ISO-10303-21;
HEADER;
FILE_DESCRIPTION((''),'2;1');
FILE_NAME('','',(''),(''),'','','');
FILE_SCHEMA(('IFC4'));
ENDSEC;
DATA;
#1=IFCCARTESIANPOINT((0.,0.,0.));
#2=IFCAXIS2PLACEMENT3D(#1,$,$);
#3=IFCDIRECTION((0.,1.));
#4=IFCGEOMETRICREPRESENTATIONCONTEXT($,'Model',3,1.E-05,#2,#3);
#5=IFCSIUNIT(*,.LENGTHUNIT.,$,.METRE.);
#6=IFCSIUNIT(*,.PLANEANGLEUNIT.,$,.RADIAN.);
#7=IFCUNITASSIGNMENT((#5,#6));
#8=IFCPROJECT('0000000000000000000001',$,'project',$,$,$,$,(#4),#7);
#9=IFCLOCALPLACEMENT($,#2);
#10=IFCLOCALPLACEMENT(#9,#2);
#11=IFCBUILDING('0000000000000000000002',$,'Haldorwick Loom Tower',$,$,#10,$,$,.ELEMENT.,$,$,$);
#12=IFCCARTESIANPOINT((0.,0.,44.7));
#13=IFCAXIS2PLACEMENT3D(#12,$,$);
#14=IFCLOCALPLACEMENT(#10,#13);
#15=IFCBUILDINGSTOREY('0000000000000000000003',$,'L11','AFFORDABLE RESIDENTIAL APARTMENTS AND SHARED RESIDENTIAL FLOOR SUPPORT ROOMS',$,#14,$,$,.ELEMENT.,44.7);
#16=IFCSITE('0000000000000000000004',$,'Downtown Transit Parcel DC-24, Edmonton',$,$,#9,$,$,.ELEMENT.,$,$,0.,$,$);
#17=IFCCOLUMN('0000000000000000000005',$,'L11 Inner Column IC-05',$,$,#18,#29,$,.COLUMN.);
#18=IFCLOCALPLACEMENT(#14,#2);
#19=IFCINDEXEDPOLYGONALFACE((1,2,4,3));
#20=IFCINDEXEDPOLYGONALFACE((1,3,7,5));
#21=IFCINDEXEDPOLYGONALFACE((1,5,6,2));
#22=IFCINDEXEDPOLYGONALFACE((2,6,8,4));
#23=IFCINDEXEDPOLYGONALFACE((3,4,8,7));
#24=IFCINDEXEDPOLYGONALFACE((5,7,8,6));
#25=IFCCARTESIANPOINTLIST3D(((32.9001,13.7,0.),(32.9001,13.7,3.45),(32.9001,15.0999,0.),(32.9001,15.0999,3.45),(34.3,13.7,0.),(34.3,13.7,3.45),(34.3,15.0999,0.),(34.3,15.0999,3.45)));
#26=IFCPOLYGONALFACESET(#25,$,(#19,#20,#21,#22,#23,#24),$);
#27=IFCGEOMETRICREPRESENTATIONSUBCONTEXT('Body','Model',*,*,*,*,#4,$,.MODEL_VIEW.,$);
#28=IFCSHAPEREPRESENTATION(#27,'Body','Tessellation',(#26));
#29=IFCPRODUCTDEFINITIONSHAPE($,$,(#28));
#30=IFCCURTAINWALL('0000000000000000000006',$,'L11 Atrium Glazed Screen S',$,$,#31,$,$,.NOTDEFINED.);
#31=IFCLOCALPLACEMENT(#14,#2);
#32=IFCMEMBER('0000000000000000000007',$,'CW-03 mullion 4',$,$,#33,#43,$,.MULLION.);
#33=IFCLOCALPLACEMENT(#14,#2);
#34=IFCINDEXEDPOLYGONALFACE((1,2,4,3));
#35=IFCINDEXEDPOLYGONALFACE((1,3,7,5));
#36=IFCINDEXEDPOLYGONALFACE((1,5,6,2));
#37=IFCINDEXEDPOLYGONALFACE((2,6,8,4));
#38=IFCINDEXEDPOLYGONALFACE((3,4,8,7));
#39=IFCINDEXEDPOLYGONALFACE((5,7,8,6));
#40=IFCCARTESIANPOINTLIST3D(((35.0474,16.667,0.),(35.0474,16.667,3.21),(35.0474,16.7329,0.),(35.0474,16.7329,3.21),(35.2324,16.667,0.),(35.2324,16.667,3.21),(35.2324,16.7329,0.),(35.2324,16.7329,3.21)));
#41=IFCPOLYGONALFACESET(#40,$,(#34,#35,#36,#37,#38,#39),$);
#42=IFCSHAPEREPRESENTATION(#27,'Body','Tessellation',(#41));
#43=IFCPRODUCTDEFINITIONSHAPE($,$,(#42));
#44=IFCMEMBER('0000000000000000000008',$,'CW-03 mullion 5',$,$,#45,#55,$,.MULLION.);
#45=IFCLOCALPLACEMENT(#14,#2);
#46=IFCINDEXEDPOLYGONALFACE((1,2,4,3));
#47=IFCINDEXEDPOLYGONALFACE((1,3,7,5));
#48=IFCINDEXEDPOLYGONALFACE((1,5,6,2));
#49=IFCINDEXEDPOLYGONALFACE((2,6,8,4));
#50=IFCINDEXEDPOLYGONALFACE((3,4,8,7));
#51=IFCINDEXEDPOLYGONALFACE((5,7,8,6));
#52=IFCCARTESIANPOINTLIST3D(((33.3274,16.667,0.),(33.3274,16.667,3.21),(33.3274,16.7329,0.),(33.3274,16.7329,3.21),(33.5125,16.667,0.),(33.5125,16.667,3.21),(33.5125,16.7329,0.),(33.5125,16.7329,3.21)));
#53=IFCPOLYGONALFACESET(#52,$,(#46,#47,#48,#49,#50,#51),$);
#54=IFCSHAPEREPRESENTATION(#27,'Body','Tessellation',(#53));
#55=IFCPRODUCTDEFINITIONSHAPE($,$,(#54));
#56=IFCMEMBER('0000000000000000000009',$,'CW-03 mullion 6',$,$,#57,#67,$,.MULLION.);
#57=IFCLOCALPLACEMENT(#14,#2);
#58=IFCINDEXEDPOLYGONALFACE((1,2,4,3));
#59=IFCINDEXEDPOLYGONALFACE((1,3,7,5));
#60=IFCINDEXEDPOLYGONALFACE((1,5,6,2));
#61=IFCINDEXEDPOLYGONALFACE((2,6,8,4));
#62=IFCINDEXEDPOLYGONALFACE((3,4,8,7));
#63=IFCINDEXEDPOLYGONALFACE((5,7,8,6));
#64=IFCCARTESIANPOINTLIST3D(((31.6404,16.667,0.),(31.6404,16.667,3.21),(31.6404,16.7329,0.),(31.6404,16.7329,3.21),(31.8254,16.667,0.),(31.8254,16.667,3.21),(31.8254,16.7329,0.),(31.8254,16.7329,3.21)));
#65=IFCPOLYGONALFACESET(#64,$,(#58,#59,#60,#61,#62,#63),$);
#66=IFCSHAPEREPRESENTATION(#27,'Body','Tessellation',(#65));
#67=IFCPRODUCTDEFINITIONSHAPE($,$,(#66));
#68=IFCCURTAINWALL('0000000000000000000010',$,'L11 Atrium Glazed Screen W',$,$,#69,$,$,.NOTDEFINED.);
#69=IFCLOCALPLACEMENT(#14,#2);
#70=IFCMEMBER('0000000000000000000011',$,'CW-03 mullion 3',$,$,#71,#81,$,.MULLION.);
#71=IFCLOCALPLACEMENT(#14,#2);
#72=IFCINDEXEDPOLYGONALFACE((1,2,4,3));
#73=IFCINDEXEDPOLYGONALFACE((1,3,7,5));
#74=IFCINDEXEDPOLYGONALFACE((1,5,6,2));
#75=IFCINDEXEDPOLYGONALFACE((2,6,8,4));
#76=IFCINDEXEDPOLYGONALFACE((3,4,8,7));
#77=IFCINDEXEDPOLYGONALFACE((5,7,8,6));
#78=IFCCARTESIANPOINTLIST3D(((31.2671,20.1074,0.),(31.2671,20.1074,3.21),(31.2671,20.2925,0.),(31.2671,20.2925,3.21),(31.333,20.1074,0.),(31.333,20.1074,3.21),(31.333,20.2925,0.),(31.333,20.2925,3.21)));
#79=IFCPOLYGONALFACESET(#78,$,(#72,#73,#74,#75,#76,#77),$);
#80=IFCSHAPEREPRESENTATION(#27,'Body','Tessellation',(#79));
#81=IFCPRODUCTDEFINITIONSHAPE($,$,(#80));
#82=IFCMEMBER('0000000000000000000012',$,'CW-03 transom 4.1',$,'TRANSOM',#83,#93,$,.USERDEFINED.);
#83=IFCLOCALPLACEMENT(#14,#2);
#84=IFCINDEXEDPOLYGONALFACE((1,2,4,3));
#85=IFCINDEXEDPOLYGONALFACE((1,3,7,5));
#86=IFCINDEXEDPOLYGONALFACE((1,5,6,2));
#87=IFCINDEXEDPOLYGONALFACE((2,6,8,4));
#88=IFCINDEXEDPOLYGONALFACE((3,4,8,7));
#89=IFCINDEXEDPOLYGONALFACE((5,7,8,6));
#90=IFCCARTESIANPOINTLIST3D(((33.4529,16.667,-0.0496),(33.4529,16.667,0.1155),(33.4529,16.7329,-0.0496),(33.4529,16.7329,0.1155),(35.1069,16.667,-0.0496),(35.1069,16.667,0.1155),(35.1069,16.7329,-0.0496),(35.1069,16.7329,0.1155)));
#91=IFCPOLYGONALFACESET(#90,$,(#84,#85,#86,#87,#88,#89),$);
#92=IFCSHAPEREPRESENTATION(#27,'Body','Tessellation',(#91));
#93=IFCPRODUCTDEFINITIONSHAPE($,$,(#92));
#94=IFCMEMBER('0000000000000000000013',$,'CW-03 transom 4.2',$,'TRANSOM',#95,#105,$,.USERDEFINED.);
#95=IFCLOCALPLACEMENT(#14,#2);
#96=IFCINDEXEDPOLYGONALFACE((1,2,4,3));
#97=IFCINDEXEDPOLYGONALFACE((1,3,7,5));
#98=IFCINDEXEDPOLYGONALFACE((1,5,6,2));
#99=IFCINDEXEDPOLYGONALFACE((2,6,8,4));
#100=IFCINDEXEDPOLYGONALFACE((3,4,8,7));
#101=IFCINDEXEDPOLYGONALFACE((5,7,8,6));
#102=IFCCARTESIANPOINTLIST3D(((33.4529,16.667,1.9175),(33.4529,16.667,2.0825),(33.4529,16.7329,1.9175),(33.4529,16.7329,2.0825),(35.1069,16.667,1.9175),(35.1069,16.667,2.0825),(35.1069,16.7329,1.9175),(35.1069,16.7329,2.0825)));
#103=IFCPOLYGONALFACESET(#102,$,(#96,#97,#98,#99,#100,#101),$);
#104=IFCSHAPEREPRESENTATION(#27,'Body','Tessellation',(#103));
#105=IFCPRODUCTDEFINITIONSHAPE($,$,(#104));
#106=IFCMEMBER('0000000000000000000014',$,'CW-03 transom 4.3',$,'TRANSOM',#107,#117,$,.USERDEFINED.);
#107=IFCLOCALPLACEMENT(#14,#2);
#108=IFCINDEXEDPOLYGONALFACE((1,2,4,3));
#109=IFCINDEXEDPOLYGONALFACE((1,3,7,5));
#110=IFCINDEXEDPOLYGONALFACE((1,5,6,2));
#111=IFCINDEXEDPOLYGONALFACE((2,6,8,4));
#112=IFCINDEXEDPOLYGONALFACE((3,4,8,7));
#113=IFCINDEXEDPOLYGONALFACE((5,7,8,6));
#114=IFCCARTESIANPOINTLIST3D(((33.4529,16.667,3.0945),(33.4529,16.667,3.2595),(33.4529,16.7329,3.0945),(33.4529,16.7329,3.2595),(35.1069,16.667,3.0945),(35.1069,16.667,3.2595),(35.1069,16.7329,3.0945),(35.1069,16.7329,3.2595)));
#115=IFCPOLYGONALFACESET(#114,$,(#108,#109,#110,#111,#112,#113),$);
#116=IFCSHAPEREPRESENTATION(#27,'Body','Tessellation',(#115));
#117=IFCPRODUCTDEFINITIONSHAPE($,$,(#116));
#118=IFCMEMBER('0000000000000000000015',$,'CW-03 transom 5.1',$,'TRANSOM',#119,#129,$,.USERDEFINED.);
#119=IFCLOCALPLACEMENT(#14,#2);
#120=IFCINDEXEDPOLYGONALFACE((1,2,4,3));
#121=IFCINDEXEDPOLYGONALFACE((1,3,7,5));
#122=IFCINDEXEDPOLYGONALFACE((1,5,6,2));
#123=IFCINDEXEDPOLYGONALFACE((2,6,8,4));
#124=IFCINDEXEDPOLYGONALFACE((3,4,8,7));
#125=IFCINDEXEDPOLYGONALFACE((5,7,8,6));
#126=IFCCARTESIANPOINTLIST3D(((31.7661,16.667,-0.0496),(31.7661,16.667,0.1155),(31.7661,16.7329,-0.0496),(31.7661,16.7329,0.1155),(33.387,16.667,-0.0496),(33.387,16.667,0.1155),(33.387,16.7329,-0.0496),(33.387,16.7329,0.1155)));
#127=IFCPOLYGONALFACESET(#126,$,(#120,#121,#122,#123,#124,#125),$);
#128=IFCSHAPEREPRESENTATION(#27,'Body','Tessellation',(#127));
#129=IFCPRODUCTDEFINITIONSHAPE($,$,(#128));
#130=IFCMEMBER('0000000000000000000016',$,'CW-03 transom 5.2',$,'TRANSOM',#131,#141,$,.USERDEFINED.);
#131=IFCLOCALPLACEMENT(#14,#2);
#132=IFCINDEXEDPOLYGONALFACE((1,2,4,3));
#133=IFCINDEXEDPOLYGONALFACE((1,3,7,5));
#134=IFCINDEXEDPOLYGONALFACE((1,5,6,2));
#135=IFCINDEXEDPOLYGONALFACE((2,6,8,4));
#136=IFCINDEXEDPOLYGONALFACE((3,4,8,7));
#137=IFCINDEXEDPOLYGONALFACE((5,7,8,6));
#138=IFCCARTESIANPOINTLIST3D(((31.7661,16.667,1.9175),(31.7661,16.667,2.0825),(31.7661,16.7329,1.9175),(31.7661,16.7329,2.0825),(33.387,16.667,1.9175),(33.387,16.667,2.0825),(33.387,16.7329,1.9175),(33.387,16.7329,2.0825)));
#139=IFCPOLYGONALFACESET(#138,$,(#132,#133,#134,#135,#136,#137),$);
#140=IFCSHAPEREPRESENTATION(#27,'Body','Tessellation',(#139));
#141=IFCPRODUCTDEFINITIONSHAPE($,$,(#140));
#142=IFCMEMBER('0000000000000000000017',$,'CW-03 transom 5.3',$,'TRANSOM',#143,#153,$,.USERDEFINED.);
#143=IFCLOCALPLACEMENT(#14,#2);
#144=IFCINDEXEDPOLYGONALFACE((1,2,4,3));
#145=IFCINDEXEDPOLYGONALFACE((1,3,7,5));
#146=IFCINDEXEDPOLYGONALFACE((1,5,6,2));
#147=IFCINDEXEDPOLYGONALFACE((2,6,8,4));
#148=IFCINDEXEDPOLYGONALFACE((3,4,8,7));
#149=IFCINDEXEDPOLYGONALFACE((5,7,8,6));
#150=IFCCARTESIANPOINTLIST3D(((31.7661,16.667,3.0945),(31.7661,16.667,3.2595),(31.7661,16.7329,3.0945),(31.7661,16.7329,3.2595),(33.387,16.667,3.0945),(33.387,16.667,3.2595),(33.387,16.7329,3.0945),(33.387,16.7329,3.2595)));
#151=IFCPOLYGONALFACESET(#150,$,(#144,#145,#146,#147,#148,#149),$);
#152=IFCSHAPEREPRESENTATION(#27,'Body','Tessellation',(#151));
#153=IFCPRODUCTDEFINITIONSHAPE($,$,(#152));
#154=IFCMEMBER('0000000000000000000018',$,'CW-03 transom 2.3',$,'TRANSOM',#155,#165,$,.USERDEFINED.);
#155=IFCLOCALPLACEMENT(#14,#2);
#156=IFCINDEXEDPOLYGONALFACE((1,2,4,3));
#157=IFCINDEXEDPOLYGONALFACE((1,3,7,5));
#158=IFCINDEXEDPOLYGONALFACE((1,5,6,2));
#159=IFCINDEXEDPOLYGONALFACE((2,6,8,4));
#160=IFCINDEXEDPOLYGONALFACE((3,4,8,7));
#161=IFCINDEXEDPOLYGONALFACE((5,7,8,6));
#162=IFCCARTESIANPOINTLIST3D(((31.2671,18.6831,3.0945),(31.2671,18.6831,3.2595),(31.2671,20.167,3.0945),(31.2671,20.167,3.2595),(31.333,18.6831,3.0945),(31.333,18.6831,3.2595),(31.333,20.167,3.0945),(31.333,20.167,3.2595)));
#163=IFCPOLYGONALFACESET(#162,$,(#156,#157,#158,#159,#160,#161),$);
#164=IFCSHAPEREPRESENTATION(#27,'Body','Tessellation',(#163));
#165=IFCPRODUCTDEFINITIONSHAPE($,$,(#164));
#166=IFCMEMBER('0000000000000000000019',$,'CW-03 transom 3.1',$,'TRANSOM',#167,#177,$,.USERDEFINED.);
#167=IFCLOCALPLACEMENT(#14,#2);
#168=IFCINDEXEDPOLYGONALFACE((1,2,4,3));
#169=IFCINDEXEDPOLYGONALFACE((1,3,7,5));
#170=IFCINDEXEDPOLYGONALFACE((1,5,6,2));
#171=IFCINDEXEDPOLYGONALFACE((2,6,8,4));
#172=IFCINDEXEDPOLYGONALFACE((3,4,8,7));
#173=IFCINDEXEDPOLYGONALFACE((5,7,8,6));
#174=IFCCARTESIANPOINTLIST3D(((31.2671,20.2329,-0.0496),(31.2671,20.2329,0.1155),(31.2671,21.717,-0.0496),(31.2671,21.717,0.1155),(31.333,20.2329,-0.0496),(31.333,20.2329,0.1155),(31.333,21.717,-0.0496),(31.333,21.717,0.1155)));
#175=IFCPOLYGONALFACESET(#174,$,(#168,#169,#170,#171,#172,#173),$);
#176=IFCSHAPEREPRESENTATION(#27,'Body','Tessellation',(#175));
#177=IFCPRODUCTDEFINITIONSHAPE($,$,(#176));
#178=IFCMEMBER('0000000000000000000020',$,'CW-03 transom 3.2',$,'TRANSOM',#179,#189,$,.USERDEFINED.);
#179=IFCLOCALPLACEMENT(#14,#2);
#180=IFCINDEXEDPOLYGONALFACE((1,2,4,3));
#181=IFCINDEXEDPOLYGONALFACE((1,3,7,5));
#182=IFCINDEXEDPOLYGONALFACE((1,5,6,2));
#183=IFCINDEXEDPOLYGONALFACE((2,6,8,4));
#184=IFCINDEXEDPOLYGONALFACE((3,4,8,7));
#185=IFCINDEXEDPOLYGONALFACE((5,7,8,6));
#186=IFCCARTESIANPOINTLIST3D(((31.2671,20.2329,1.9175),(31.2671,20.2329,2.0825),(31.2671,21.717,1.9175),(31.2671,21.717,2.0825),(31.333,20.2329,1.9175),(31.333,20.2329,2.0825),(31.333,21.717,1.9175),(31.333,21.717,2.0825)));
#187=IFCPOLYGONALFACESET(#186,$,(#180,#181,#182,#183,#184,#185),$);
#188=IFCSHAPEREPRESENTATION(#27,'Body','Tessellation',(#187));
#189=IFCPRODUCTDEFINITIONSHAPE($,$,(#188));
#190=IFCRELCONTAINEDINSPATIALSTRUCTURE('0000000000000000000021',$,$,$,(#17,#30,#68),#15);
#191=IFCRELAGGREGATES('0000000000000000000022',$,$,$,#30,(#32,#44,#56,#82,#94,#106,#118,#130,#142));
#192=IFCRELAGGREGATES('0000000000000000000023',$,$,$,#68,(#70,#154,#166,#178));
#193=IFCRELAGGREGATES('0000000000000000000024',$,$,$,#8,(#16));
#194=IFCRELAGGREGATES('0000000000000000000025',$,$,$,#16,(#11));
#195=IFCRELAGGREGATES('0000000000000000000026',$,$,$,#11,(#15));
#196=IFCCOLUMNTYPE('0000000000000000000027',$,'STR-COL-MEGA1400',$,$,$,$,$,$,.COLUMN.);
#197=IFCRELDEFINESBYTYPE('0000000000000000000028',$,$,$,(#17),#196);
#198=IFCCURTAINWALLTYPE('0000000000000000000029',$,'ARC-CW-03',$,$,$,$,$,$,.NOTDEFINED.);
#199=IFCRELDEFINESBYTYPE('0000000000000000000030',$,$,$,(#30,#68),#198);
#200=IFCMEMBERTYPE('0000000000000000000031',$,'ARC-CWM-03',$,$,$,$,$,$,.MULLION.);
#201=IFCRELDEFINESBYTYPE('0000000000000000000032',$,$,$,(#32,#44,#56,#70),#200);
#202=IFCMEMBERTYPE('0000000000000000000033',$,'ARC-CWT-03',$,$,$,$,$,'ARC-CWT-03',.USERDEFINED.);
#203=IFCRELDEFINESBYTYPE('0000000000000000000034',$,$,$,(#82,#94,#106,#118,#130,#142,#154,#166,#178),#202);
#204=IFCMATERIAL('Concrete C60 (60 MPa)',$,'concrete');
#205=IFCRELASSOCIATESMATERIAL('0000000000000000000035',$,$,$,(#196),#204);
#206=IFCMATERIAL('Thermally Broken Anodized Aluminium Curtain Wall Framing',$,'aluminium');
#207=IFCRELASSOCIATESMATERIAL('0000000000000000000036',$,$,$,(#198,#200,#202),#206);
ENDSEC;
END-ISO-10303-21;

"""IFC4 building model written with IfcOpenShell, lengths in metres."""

from ifc_helpers import new_model, si_unit, direction, frame, origin, origin_2d, place, context, subcontext, project, spatial, rectangle, extrude, material, material_profile, profile_set, type_object, element, aggregate, save


model = new_model("IFC4")

# Units and contexts
model_context = context("Model", 3, precision=1e-05, world=origin(), true_north=direction((0.0, 1.0)))
body_context = subcontext(model_context, "Body", "Model", "MODEL_VIEW")
ifc_project = project(units=[si_unit("LENGTHUNIT", "METRE"), si_unit("PLANEANGLEUNIT", "RADIAN")], contexts=[model_context])

# Site, building, storey
site_placement = place(None, origin())
site = spatial("IfcSite", under=ifc_project, at=site_placement, Name="Downtown Transit Parcel DC-24, Edmonton", CompositionType="ELEMENT", RefElevation=0.0)
building_placement = place(site_placement, origin())
building = spatial("IfcBuilding", under=site, at=building_placement, Name="Haldorwick Loom Tower", CompositionType="ELEMENT")
storey_placement = place(building_placement, frame((0.0, 0.0, 44.7)))
storey = spatial("IfcBuildingStorey", under=building, at=storey_placement, Name="L11", Description="AFFORDABLE RESIDENTIAL APARTMENTS AND SHARED RESIDENTIAL FLOOR SUPPORT ROOMS", CompositionType="ELEMENT", Elevation=44.7)

# Column
ifc_material_1 = material(Name="Concrete C60 (60 MPa)", Category="concrete")
ifc_material_profile_1 = material_profile(ifc_material_1, rectangle(XDim=1.3999, YDim=1.3999, at=origin_2d()), Name="RC1400X1400", Category="concrete")
ifc_profile_set_1 = profile_set([ifc_material_profile_1], Name="Concrete C60 (60 MPa)")
column_type = type_object("IfcColumnType", Name="STR-COL-MEGA1400", PredefinedType="COLUMN", material=ifc_profile_set_1)
column_placement = place(storey_placement, frame((33.6001, 14.3999, 0.0), z_axis=(0.0, 0.0, 1.0), x_axis=(1.0, 0.0, 0.0)))
element("IfcColumn", 1, at=column_placement, inside=storey, type_object=column_type, Name="L11 Inner Column IC-05", PredefinedType="COLUMN", context=body_context, shape_type="SweptSolid", body=[
    extrude(rectangle(XDim=1.3999, YDim=1.3999, at=origin_2d()), origin(), (0.0, 0.0, 1.0), 3.45),
])

# Curtain wall, members
ifc_material_2 = material(Name="Thermally Broken Anodized Aluminium Curtain Wall Framing", Category="aluminium")
curtain_wall_type = type_object("IfcCurtainWallType", Name="ARC-CW-03", PredefinedType="NOTDEFINED", material=ifc_material_2)
curtain_wall_1_placement = place(storey_placement, origin())
curtain_wall_1 = element("IfcCurtainWall", 2, at=curtain_wall_1_placement, inside=storey, type_object=curtain_wall_type, Name="L11 Atrium Glazed Screen S", PredefinedType="NOTDEFINED")
ifc_material_profile_2 = material_profile(ifc_material_2, rectangle(XDim=0.0659, YDim=0.1851, at=origin_2d()), Name="ALU_MUL_66X185", Category="aluminium")
ifc_profile_set_2 = profile_set([ifc_material_profile_2], Name="Thermally Broken Anodized Aluminium Curtain Wall Framing")
member_type_1 = type_object("IfcMemberType", Name="ARC-CWM-03", PredefinedType="MULLION", material=ifc_profile_set_2)
member_1_placement = place(storey_placement, frame((35.1399, 16.7, 0.0), z_axis=(0.0, 0.0, 1.0), x_axis=(0.0, -1.0, 0.0)))
member_1 = element("IfcMember", 3, at=member_1_placement, type_object=member_type_1, Name="CW-03 mullion 4", PredefinedType="MULLION", context=body_context, shape_type="SweptSolid", body=[
    extrude(rectangle(XDim=0.0659, YDim=0.1851, at=origin_2d()), origin(), (0.0, 0.0, 1.0), 3.21),
])
member_2_placement = place(storey_placement, frame((33.4199, 16.7, 0.0), z_axis=(0.0, 0.0, 1.0), x_axis=(0.0, -1.0, 0.0)))
member_2 = element("IfcMember", 4, at=member_2_placement, type_object=member_type_1, Name="CW-03 mullion 5", PredefinedType="MULLION", context=body_context, shape_type="SweptSolid", body=[
    extrude(rectangle(XDim=0.0659, YDim=0.1851, at=origin_2d()), origin(), (0.0, 0.0, 1.0), 3.21),
])
member_3_placement = place(storey_placement, frame((31.7329, 16.7, 0.0), z_axis=(0.0, 0.0, 1.0), x_axis=(0.0, -1.0, 0.0)))
member_3 = element("IfcMember", 5, at=member_3_placement, type_object=member_type_1, Name="CW-03 mullion 6", PredefinedType="MULLION", context=body_context, shape_type="SweptSolid", body=[
    extrude(rectangle(XDim=0.0659, YDim=0.1851, at=origin_2d()), origin(), (0.0, 0.0, 1.0), 3.21),
])

# Curtain wall, member
curtain_wall_2_placement = place(storey_placement, origin())
curtain_wall_2 = element("IfcCurtainWall", 6, at=curtain_wall_2_placement, inside=storey, type_object=curtain_wall_type, Name="L11 Atrium Glazed Screen W", PredefinedType="NOTDEFINED")
member_4_placement = place(storey_placement, frame((31.3, 20.2, 0.0), z_axis=(0.0, 0.0, 1.0), x_axis=(-1.0, 0.0, 0.0)))
member_4 = element("IfcMember", 7, at=member_4_placement, type_object=member_type_1, Name="CW-03 mullion 3", PredefinedType="MULLION", context=body_context, shape_type="SweptSolid", body=[
    extrude(rectangle(XDim=0.0659, YDim=0.1851, at=origin_2d()), origin(), (0.0, 0.0, 1.0), 3.21),
])

# Members
ifc_material_profile_3 = material_profile(ifc_material_2, rectangle(XDim=0.0659, YDim=0.165, at=origin_2d()), Name="ALU_TRN_66X165", Category="aluminium")
ifc_profile_set_3 = profile_set([ifc_material_profile_3], Name="Thermally Broken Anodized Aluminium Curtain Wall Framing")
member_type_2 = type_object("IfcMemberType", Name="ARC-CWT-03", ElementType="ARC-CWT-03", PredefinedType="USERDEFINED", material=ifc_profile_set_3)
member_5_placement = place(storey_placement, frame((35.1069, 16.7, 0.033), z_axis=(-1.0, 0.0, 0.0), x_axis=(0.0, -1.0, 0.0)))
member_5 = element("IfcMember", 8, at=member_5_placement, type_object=member_type_2, Name="CW-03 transom 4.1", ObjectType="TRANSOM", PredefinedType="USERDEFINED", context=body_context, shape_type="SweptSolid", body=[
    extrude(rectangle(XDim=0.0659, YDim=0.165, at=origin_2d()), origin(), (0.0, 0.0, 1.0), 1.6541),
])
member_6_placement = place(storey_placement, frame((35.1069, 16.7, 2.0), z_axis=(-1.0, 0.0, 0.0), x_axis=(0.0, -1.0, 0.0)))
member_6 = element("IfcMember", 9, at=member_6_placement, type_object=member_type_2, Name="CW-03 transom 4.2", ObjectType="TRANSOM", PredefinedType="USERDEFINED", context=body_context, shape_type="SweptSolid", body=[
    extrude(rectangle(XDim=0.0659, YDim=0.165, at=origin_2d()), origin(), (0.0, 0.0, 1.0), 1.6541),
])
member_7_placement = place(storey_placement, frame((35.1069, 16.7, 3.177), z_axis=(-1.0, 0.0, 0.0), x_axis=(0.0, -1.0, 0.0)))
member_7 = element("IfcMember", 10, at=member_7_placement, type_object=member_type_2, Name="CW-03 transom 4.3", ObjectType="TRANSOM", PredefinedType="USERDEFINED", context=body_context, shape_type="SweptSolid", body=[
    extrude(rectangle(XDim=0.0659, YDim=0.165, at=origin_2d()), origin(), (0.0, 0.0, 1.0), 1.6541),
])
member_8_placement = place(storey_placement, frame((33.387, 16.7, 0.033), z_axis=(-1.0, 0.0, 0.0), x_axis=(0.0, -1.0, 0.0)))
member_8 = element("IfcMember", 11, at=member_8_placement, type_object=member_type_2, Name="CW-03 transom 5.1", ObjectType="TRANSOM", PredefinedType="USERDEFINED", context=body_context, shape_type="SweptSolid", body=[
    extrude(rectangle(XDim=0.0659, YDim=0.165, at=origin_2d()), origin(), (0.0, 0.0, 1.0), 1.6208),
])
member_9_placement = place(storey_placement, frame((33.387, 16.7, 2.0), z_axis=(-1.0, 0.0, 0.0), x_axis=(0.0, -1.0, 0.0)))
member_9 = element("IfcMember", 12, at=member_9_placement, type_object=member_type_2, Name="CW-03 transom 5.2", ObjectType="TRANSOM", PredefinedType="USERDEFINED", context=body_context, shape_type="SweptSolid", body=[
    extrude(rectangle(XDim=0.0659, YDim=0.165, at=origin_2d()), origin(), (0.0, 0.0, 1.0), 1.6208),
])
member_10_placement = place(storey_placement, frame((33.387, 16.7, 3.177), z_axis=(-1.0, 0.0, 0.0), x_axis=(0.0, -1.0, 0.0)))
member_10 = element("IfcMember", 13, at=member_10_placement, type_object=member_type_2, Name="CW-03 transom 5.3", ObjectType="TRANSOM", PredefinedType="USERDEFINED", context=body_context, shape_type="SweptSolid", body=[
    extrude(rectangle(XDim=0.0659, YDim=0.165, at=origin_2d()), origin(), (0.0, 0.0, 1.0), 1.6208),
])
member_11_placement = place(storey_placement, frame((31.3, 18.6831, 3.177), z_axis=(0.0, 1.0, 0.0), x_axis=(-1.0, 0.0, 0.0)))
member_11 = element("IfcMember", 14, at=member_11_placement, type_object=member_type_2, Name="CW-03 transom 2.3", ObjectType="TRANSOM", PredefinedType="USERDEFINED", context=body_context, shape_type="SweptSolid", body=[
    extrude(rectangle(XDim=0.0659, YDim=0.165, at=origin_2d()), origin(), (0.0, 0.0, 1.0), 1.4839),
])
member_12_placement = place(storey_placement, frame((31.3, 20.2329, 0.033), z_axis=(0.0, 1.0, 0.0), x_axis=(-1.0, 0.0, 0.0)))
member_12 = element("IfcMember", 15, at=member_12_placement, type_object=member_type_2, Name="CW-03 transom 3.1", ObjectType="TRANSOM", PredefinedType="USERDEFINED", context=body_context, shape_type="SweptSolid", body=[
    extrude(rectangle(XDim=0.0659, YDim=0.165, at=origin_2d()), origin(), (0.0, 0.0, 1.0), 1.4841),
])
member_13_placement = place(storey_placement, frame((31.3, 20.2329, 2.0), z_axis=(0.0, 1.0, 0.0), x_axis=(-1.0, 0.0, 0.0)))
member_13 = element("IfcMember", 16, at=member_13_placement, type_object=member_type_2, Name="CW-03 transom 3.2", ObjectType="TRANSOM", PredefinedType="USERDEFINED", context=body_context, shape_type="SweptSolid", body=[
    extrude(rectangle(XDim=0.0659, YDim=0.165, at=origin_2d()), origin(), (0.0, 0.0, 1.0), 1.4841),
])

aggregate(curtain_wall_1, [member_1, member_2, member_3, member_5, member_6, member_7, member_8, member_9, member_10])
aggregate(curtain_wall_2, [member_4, member_11, member_12, member_13])

save(model, "model.ifc")
